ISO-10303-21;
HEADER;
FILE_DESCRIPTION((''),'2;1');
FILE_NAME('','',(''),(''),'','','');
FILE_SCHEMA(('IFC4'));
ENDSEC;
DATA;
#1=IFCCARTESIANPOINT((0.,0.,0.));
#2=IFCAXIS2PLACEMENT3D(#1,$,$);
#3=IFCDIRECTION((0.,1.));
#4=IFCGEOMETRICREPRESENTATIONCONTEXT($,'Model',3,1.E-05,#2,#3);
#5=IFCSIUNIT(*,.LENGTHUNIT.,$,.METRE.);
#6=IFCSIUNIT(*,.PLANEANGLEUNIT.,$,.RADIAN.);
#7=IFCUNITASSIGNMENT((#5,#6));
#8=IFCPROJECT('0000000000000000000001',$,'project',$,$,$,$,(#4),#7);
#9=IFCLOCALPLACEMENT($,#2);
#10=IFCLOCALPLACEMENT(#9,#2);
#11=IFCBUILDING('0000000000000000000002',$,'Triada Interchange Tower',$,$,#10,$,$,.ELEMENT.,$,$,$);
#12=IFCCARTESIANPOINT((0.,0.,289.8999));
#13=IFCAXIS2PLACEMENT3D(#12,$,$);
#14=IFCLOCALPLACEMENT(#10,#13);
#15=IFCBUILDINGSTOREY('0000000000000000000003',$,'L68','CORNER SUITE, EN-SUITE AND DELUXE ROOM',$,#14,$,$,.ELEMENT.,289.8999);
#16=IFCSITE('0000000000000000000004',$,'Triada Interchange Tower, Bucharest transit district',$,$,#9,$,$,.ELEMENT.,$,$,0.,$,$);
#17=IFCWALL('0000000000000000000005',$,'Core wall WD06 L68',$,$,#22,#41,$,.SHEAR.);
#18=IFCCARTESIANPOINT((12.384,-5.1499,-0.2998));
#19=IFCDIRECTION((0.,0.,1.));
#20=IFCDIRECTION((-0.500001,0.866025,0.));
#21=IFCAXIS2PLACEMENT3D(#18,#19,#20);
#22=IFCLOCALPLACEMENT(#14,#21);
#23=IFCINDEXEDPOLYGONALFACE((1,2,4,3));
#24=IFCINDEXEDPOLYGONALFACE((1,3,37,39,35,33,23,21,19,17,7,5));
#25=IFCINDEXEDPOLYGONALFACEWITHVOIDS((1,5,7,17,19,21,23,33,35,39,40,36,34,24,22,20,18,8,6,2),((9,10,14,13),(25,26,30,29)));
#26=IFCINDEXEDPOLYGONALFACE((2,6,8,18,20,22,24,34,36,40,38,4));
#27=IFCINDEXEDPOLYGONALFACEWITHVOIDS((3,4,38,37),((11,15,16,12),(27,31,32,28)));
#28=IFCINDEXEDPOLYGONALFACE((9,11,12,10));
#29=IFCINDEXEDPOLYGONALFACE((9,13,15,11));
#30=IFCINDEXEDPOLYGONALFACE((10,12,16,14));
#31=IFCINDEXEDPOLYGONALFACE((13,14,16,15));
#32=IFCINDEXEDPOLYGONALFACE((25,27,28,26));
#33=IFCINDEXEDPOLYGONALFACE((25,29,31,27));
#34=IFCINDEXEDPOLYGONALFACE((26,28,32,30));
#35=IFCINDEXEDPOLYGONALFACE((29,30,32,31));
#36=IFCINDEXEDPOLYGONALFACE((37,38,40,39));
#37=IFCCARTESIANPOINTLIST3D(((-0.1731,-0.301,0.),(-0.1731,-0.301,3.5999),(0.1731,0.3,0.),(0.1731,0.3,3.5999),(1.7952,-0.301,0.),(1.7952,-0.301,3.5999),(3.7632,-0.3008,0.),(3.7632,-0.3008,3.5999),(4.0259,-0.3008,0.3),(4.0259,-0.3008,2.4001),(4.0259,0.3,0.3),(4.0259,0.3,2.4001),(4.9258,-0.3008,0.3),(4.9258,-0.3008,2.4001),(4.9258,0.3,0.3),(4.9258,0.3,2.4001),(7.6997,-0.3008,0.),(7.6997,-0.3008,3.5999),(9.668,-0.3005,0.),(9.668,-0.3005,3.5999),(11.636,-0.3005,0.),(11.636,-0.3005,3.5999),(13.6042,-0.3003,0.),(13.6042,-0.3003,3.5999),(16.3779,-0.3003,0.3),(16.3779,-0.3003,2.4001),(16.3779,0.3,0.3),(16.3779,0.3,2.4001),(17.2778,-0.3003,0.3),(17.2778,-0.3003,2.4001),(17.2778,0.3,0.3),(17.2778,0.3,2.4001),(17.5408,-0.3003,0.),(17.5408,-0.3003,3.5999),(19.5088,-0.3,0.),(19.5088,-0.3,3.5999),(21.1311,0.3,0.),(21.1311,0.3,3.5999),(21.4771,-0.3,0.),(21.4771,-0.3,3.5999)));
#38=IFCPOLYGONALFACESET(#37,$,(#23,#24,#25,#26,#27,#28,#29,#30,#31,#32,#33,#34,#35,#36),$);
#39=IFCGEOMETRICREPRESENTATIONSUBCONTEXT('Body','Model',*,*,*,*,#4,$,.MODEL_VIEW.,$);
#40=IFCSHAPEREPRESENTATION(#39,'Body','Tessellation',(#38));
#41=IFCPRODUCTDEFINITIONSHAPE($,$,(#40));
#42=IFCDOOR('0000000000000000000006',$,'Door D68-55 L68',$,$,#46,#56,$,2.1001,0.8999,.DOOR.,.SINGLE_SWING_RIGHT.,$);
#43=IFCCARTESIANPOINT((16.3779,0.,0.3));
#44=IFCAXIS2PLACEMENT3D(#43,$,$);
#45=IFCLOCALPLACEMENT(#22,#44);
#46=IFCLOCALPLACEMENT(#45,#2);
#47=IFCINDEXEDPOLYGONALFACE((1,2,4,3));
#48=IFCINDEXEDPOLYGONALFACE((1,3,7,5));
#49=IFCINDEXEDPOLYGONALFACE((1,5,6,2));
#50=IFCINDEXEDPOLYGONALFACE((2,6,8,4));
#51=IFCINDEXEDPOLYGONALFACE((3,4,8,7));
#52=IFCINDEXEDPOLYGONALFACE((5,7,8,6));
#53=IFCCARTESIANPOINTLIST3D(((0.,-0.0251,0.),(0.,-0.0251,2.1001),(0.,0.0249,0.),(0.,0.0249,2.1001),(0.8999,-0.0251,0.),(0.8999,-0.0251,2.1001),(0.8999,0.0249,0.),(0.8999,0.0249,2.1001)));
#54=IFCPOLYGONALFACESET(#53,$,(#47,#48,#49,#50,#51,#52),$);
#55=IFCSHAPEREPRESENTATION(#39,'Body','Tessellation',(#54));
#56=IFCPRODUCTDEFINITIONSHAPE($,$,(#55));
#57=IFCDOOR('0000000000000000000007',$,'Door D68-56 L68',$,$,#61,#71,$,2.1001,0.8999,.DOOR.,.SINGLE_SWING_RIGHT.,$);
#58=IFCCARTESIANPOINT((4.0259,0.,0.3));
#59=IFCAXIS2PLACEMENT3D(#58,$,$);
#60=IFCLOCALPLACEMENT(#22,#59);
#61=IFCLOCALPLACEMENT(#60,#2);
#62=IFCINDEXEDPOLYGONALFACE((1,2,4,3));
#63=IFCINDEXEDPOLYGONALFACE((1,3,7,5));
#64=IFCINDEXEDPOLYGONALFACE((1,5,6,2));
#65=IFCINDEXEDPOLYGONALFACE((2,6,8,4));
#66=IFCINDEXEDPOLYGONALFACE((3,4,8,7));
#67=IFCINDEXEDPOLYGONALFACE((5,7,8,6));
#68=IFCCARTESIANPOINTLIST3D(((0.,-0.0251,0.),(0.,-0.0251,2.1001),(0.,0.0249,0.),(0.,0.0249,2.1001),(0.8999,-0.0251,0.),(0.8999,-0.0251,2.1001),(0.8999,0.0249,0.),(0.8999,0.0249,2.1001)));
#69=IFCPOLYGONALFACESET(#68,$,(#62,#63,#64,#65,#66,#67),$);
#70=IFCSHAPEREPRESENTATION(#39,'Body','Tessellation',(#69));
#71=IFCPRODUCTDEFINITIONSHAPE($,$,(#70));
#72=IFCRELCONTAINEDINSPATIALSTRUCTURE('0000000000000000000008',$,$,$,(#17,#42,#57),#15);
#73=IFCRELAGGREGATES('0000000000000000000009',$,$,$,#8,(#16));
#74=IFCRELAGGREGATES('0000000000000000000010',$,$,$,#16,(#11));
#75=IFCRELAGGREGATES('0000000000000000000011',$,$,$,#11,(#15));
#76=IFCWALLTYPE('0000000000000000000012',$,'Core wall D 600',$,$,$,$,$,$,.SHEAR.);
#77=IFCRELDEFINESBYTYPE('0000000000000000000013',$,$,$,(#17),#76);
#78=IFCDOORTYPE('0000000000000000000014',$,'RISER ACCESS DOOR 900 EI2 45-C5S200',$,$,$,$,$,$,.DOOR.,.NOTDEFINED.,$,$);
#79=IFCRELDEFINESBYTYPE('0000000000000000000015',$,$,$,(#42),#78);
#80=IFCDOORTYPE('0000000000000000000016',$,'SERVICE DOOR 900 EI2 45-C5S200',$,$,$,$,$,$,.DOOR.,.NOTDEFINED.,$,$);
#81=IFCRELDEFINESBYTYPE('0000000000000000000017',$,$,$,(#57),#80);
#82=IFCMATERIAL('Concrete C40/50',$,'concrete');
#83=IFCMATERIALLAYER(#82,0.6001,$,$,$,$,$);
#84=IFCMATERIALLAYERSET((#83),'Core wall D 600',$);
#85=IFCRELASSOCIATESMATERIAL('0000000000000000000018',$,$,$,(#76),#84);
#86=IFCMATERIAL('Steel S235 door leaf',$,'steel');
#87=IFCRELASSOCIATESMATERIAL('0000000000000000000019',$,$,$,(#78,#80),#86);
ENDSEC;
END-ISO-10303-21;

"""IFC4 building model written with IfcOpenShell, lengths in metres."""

from ifc_helpers import new_model, si_unit, direction, frame, frame_2d, origin, place, context, subcontext, project, spatial, polyline, rectangle, outline, extrude, material, layer, layer_set, type_object, element, fill, save


model = new_model("IFC4")

# Units and contexts
model_context = context("Model", 3, precision=1e-05, world=origin(), true_north=direction((0.0, 1.0)))
body_context = subcontext(model_context, "Body", "Model", "MODEL_VIEW")
ifc_project = project(units=[si_unit("LENGTHUNIT", "METRE"), si_unit("PLANEANGLEUNIT", "RADIAN")], contexts=[model_context])

# Site, building, storey
site_placement = place(None, origin())
site = spatial("IfcSite", under=ifc_project, at=site_placement, Name="Triada Interchange Tower, Bucharest transit district", CompositionType="ELEMENT", RefElevation=0.0)
building_placement = place(site_placement, origin())
building = spatial("IfcBuilding", under=site, at=building_placement, Name="Triada Interchange Tower", CompositionType="ELEMENT")
storey_placement = place(building_placement, frame((0.0, 0.0, 289.8999)))
storey = spatial("IfcBuildingStorey", under=building, at=storey_placement, Name="L68", Description="CORNER SUITE, EN-SUITE AND DELUXE ROOM", CompositionType="ELEMENT", Elevation=289.8999)

# Shared definitions
ifc_material_1 = material(Name="Concrete C40/50", Category="concrete")

# Wall, openings, doors
ifc_layer_1 = layer(ifc_material_1, 0.6001)
ifc_layer_set_1 = layer_set([ifc_layer_1], Name="Core wall D 600")
wall_type_1 = type_object("IfcWallType", Name="Core wall D 600", PredefinedType="SHEAR", material=ifc_layer_set_1)
wall_1_placement = place(storey_placement, frame((12.384, -5.1499, -0.2998), z_axis=(0.0, 0.0, 1.0), x_axis=(-0.500001, 0.866025, 0.0)))
wall_1 = element("IfcWall", 1, at=wall_1_placement, inside=storey, type_object=wall_type_1, Name="Core wall WD06 L68", PredefinedType="SHEAR", context=body_context, shape_type="SweptSolid", body=[
    extrude(outline(polyline([(-0.1731, -0.301), (1.7952, -0.301), (3.7632, -0.3008), (5.7314, -0.3008), (7.6997, -0.3008), (9.668, -0.3005), (11.636, -0.3005), (13.6042, -0.3003), (15.5725, -0.3003), (17.5408, -0.3003), (19.5088, -0.3), (21.4771, -0.3), (21.1311, 0.3), (19.2258, 0.3), (17.3206, 0.3), (15.4153, 0.3), (13.51, 0.3), (11.6047, 0.3), (9.6995, 0.3), (7.7942, 0.3), (5.8889, 0.3), (3.9836, 0.3), (2.0784, 0.3), (0.1731, 0.3), (-0.1731, -0.301)])), origin(), (0.0, 0.0, 1.0), 3.5999),
])
opening_1_placement = place(wall_1_placement, frame((16.3779, 0.0, 0.3)))
opening_1 = element("IfcOpeningElement", 2, at=opening_1_placement, cuts=wall_1, PredefinedType="OPENING", context=body_context, shape_type="SweptSolid", body=[
    extrude(rectangle(XDim=0.8999, YDim=2.1001, at=frame_2d((0.45, 1.05))), frame((0.0, 0.3101, 0.0), z_axis=(0.0, -1.0, 0.0), x_axis=(1.0, 0.0, 0.0)), (0.0, 0.0, 1.0), 0.6211),
])
opening_2_placement = place(wall_1_placement, frame((4.0259, 0.0, 0.3)))
opening_2 = element("IfcOpeningElement", 3, at=opening_2_placement, cuts=wall_1, PredefinedType="OPENING", context=body_context, shape_type="SweptSolid", body=[
    extrude(rectangle(XDim=0.8999, YDim=2.1001, at=frame_2d((0.45, 1.05))), frame((0.0, 0.3101, 0.0), z_axis=(0.0, -1.0, 0.0), x_axis=(1.0, 0.0, 0.0)), (0.0, 0.0, 1.0), 0.6211),
])
ifc_material_2 = material(Name="Steel S235 door leaf", Category="steel")
door_type_1 = type_object("IfcDoorType", Name="RISER ACCESS DOOR 900 EI2 45-C5S200", OperationType="NOTDEFINED", PredefinedType="DOOR", material=ifc_material_2)
door_1_placement = place(opening_1_placement, origin())
door_1 = element("IfcDoor", 4, at=door_1_placement, inside=storey, type_object=door_type_1, Name="Door D68-55 L68", OperationType="SINGLE_SWING_RIGHT", OverallHeight=2.1001, OverallWidth=0.8999, PredefinedType="DOOR", context=body_context, shape_type="SweptSolid", body=[
    extrude(rectangle(XDim=0.8999, YDim=2.1001, at=frame_2d((0.45, 1.05))), frame((0.0, 0.0249, 0.0), z_axis=(0.0, -1.0, 0.0), x_axis=(1.0, 0.0, 0.0)), (0.0, 0.0, 1.0), 0.05),
])
fill(opening_1, door_1)
door_type_2 = type_object("IfcDoorType", Name="SERVICE DOOR 900 EI2 45-C5S200", OperationType="NOTDEFINED", PredefinedType="DOOR", material=ifc_material_2)
door_2_placement = place(opening_2_placement, origin())
door_2 = element("IfcDoor", 5, at=door_2_placement, inside=storey, type_object=door_type_2, Name="Door D68-56 L68", OperationType="SINGLE_SWING_RIGHT", OverallHeight=2.1001, OverallWidth=0.8999, PredefinedType="DOOR", context=body_context, shape_type="SweptSolid", body=[
    extrude(rectangle(XDim=0.8999, YDim=2.1001, at=frame_2d((0.45, 1.05))), frame((0.0, 0.0249, 0.0), z_axis=(0.0, -1.0, 0.0), x_axis=(1.0, 0.0, 0.0)), (0.0, 0.0, 1.0), 0.05),
])
fill(opening_2, door_2)

save(model, "model.ifc")
